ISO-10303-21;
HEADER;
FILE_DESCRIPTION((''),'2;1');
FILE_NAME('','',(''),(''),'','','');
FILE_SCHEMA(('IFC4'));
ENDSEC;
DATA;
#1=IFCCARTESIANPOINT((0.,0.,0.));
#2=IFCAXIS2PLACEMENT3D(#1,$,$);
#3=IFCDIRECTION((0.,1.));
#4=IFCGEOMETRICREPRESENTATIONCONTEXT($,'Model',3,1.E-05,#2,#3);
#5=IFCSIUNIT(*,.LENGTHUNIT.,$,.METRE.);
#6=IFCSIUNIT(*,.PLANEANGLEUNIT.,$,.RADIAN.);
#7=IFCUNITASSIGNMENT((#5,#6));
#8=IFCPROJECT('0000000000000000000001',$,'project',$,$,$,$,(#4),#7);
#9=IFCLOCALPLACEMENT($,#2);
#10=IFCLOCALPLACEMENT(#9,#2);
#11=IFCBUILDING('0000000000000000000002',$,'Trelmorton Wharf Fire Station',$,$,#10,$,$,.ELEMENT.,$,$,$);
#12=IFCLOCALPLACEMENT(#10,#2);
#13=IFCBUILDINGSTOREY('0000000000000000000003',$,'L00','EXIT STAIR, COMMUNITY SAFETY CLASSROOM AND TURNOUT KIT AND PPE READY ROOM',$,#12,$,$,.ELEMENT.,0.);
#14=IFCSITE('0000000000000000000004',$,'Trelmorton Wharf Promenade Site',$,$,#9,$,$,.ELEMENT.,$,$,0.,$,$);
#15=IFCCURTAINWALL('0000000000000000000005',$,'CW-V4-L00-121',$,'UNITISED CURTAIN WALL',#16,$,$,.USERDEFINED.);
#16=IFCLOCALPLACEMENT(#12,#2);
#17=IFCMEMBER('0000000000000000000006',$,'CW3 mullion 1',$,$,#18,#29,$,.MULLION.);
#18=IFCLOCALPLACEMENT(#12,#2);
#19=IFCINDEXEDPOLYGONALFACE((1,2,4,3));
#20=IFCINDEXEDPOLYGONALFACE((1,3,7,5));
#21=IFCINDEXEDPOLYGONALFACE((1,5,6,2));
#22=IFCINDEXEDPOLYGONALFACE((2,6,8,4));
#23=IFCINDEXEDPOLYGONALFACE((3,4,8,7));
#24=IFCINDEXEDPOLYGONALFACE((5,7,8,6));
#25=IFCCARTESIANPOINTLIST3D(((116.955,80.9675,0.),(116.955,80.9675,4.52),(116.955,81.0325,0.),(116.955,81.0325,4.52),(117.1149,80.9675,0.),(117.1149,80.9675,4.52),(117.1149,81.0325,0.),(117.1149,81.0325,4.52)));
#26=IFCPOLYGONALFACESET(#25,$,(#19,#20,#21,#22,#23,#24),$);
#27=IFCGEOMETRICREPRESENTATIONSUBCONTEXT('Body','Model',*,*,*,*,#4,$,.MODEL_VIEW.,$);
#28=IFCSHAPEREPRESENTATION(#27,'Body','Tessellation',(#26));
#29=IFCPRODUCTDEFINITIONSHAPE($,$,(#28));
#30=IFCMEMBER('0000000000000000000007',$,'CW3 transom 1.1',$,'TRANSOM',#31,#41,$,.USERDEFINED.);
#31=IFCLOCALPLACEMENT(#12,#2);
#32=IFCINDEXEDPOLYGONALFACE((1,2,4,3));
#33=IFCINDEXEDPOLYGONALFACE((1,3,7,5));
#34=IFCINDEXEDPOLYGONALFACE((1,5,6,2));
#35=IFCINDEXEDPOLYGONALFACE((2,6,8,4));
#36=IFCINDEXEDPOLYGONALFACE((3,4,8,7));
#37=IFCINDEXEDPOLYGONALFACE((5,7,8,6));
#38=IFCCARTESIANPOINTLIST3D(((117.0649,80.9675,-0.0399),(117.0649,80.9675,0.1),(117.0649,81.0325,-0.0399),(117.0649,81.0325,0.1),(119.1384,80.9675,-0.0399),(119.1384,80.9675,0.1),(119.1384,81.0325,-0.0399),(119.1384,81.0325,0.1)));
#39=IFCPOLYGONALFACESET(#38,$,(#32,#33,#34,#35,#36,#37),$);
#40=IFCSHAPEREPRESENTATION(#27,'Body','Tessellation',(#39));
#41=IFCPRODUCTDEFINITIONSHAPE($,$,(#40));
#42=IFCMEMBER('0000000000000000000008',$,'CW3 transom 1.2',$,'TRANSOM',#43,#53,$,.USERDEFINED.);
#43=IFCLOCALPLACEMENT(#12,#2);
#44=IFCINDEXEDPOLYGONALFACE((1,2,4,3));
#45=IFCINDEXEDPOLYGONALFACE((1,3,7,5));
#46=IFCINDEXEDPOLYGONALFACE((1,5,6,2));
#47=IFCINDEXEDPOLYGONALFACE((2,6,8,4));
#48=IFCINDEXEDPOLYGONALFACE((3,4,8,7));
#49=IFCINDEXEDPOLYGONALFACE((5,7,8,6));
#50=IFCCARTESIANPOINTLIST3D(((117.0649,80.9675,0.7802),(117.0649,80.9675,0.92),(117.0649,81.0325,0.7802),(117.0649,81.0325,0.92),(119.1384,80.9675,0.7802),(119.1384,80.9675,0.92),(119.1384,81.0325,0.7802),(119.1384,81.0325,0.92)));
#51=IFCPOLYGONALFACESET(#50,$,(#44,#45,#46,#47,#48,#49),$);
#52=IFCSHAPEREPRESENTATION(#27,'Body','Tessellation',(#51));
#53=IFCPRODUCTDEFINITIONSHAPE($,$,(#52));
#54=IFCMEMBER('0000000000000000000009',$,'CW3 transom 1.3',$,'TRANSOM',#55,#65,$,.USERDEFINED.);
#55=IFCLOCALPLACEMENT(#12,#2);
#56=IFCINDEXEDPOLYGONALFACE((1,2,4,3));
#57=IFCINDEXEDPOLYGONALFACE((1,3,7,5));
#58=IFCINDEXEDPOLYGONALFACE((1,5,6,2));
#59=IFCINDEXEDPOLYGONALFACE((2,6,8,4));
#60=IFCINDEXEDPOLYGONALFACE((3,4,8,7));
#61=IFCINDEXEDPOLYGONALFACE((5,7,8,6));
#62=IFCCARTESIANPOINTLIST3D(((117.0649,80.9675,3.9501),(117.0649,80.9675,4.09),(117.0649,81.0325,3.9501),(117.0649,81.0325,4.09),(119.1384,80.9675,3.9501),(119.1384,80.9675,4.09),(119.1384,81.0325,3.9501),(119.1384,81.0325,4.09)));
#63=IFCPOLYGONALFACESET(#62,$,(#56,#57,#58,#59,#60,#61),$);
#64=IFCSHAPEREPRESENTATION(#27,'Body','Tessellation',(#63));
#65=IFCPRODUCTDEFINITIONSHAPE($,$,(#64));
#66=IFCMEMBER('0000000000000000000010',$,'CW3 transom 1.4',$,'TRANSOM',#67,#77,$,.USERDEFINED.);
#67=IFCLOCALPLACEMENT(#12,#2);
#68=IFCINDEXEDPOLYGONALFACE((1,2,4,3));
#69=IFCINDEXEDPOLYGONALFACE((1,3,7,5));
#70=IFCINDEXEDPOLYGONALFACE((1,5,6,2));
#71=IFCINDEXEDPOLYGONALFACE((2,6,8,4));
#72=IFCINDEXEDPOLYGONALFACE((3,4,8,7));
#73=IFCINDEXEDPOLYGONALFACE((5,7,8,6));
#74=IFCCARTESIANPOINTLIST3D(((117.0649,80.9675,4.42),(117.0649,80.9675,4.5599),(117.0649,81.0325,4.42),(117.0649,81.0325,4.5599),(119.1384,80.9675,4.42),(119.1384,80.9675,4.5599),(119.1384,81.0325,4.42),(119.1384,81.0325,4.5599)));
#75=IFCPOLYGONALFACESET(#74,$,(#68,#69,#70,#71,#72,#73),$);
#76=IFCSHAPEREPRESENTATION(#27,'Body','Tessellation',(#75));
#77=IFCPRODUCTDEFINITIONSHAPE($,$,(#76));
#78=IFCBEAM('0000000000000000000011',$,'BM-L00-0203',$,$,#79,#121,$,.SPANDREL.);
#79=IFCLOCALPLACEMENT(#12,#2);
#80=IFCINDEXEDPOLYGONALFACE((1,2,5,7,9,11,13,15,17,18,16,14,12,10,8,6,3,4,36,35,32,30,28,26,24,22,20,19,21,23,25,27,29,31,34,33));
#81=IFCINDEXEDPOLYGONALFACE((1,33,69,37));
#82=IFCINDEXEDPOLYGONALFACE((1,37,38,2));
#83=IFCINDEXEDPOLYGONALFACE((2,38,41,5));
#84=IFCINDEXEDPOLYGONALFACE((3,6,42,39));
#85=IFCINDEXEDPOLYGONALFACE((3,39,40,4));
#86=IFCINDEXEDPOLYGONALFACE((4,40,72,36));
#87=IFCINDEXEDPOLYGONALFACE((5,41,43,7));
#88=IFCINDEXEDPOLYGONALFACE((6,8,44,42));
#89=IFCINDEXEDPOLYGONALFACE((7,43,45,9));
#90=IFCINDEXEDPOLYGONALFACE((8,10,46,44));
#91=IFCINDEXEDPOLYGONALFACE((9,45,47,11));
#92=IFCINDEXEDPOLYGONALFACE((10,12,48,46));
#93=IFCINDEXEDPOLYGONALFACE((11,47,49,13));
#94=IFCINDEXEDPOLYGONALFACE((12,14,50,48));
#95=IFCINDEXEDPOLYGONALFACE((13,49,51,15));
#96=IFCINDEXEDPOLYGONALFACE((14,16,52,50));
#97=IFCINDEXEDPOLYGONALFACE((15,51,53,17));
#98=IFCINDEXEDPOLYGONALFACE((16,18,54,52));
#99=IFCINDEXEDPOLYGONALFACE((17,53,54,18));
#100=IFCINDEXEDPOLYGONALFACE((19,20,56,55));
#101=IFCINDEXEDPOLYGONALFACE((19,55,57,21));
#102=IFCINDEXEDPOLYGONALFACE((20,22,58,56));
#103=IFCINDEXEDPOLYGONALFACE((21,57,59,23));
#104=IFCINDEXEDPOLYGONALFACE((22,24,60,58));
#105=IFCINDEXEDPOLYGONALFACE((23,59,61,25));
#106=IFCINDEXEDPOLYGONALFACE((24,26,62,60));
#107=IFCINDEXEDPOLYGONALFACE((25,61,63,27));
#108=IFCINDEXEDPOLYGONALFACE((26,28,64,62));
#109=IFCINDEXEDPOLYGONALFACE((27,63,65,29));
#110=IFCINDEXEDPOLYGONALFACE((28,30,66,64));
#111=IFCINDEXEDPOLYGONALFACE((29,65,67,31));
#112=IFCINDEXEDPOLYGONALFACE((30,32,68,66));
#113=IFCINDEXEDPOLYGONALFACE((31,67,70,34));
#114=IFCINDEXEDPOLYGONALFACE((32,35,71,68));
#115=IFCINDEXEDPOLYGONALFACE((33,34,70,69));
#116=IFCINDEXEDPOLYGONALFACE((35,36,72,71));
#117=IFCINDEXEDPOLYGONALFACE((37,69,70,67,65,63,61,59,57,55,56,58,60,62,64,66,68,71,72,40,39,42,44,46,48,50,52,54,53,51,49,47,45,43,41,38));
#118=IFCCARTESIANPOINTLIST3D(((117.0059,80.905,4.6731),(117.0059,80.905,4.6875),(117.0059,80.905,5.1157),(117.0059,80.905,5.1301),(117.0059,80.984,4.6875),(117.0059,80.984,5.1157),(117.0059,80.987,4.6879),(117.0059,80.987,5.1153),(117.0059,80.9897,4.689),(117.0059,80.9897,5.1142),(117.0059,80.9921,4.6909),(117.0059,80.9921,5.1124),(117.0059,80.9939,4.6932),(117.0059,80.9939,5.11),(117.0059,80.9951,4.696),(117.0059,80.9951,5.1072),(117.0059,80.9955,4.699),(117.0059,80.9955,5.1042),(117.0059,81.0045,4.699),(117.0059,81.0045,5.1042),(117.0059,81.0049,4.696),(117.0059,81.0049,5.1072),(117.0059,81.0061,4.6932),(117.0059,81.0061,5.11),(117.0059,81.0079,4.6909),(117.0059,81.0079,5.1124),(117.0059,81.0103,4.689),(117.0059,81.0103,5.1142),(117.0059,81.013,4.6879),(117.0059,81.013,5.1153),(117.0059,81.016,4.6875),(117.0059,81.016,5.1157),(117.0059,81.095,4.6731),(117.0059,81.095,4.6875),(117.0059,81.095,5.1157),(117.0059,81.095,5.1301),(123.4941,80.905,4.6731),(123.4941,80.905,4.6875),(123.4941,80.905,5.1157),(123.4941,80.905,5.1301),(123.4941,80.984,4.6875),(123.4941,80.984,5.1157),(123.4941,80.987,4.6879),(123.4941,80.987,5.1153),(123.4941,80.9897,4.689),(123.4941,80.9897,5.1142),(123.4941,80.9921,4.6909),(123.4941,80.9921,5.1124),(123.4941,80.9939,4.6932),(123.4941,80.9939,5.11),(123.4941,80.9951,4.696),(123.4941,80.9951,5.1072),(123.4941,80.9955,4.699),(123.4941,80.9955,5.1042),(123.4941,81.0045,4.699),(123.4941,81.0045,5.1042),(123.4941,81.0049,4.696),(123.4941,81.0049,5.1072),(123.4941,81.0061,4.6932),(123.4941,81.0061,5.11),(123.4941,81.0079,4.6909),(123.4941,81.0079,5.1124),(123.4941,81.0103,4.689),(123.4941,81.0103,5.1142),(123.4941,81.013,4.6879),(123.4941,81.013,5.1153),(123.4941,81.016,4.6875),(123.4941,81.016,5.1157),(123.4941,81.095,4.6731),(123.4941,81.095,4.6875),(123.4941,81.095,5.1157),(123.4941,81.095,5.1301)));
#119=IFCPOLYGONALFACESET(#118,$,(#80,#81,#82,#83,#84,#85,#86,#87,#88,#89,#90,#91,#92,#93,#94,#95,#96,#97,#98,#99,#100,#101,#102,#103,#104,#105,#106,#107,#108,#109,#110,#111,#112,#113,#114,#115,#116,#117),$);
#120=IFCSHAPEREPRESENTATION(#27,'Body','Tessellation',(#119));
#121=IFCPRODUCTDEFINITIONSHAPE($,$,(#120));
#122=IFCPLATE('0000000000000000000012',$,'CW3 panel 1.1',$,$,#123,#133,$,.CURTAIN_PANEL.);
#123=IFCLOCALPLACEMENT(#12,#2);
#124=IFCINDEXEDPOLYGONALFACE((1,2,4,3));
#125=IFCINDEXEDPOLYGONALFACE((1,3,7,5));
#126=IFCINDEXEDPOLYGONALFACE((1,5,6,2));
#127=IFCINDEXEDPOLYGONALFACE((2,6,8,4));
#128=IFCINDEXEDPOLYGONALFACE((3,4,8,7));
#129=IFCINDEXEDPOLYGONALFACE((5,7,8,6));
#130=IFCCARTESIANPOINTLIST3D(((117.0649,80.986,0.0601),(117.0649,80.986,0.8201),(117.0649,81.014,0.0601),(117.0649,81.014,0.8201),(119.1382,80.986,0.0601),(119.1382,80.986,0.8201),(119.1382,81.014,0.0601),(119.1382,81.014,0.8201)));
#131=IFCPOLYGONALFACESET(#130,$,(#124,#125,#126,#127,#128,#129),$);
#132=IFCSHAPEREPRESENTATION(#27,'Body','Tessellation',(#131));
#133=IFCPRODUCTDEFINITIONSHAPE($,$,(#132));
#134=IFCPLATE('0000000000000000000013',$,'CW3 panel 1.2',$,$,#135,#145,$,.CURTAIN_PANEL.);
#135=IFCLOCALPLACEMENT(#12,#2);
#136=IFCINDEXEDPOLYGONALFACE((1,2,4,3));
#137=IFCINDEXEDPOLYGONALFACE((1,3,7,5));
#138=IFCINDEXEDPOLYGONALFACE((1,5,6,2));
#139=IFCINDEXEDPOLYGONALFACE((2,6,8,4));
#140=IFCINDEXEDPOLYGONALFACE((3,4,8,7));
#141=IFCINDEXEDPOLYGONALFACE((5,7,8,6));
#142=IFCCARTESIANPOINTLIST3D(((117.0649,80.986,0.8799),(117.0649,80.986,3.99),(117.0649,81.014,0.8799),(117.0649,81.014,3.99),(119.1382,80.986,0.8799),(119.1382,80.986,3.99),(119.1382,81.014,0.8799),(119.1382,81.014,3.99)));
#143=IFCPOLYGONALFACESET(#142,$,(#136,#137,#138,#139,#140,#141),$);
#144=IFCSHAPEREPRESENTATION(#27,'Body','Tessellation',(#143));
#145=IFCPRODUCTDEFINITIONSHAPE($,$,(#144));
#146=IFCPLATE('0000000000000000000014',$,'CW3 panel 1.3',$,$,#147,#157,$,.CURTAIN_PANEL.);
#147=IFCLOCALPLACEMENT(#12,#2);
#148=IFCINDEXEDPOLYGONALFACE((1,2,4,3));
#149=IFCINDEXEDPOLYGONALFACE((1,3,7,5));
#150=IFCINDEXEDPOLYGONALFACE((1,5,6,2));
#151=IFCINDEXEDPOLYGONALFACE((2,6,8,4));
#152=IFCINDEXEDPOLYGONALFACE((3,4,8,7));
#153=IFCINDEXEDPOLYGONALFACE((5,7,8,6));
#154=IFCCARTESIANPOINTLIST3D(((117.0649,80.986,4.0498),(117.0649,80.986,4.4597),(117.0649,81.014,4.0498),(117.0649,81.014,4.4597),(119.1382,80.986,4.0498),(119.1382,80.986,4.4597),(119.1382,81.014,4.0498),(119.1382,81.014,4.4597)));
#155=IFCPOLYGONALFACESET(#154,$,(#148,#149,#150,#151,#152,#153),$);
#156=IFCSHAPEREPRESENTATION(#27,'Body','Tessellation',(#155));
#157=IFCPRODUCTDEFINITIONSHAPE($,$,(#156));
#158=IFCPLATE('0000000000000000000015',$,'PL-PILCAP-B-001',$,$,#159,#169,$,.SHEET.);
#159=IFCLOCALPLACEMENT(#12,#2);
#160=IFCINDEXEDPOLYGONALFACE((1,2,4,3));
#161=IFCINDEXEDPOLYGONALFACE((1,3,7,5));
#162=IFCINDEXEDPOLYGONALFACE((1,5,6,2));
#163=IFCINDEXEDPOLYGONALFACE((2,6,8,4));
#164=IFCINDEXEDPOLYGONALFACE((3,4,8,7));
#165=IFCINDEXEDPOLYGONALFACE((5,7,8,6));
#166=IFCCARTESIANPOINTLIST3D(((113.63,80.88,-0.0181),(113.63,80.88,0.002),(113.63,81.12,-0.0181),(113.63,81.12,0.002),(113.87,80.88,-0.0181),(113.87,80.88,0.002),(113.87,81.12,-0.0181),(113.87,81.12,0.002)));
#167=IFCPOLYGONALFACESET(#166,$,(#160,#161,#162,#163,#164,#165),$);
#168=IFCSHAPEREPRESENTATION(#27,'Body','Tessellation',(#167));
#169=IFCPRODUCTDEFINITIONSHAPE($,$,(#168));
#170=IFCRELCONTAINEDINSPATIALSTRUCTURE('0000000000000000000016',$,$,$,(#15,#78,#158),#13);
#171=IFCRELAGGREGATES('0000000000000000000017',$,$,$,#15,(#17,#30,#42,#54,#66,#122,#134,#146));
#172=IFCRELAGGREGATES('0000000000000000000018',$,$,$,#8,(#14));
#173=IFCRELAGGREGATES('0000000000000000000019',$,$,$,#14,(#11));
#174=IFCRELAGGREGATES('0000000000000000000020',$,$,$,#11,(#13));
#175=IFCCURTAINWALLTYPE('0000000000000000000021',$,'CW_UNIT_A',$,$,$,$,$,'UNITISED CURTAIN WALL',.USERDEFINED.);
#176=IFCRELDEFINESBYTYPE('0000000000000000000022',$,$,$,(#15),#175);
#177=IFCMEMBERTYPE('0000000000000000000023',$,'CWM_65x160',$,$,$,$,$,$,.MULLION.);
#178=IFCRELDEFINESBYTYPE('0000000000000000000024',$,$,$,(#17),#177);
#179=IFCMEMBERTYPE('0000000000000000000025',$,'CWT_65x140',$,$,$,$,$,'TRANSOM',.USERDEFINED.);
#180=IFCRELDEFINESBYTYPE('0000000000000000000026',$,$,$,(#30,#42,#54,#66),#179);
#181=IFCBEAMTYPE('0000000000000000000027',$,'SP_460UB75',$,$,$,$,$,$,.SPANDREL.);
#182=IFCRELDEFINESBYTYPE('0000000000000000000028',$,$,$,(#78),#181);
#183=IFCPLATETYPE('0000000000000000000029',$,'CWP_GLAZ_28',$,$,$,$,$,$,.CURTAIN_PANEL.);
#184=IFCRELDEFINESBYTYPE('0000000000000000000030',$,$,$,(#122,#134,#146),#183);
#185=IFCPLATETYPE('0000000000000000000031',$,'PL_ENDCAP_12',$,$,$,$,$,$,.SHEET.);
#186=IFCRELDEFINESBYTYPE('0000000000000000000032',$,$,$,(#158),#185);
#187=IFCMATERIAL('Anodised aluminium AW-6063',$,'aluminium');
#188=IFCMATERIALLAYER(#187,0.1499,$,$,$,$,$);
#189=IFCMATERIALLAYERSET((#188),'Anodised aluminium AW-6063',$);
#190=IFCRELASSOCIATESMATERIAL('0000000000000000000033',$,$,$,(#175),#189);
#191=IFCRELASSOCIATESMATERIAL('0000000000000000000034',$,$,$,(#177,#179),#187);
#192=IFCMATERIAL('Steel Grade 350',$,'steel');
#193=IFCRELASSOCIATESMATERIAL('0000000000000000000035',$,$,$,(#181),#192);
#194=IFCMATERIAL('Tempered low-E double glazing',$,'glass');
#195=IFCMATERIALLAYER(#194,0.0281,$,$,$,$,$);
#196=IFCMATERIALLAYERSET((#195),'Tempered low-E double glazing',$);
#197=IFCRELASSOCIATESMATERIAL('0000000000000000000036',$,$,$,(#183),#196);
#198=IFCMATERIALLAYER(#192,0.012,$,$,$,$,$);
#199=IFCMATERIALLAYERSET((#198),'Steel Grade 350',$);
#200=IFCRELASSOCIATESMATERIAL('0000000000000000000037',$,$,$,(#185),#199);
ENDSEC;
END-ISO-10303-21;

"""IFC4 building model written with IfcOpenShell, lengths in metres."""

from ifc_helpers import new_model, si_unit, direction, frame, origin, origin_2d, place, context, subcontext, project, spatial, rectangle, i_section, extrude, material, layer, layer_set, material_profile, profile_set, type_object, element, aggregate, save


model = new_model("IFC4")

# Units and contexts
model_context = context("Model", 3, precision=1e-05, world=origin(), true_north=direction((0.0, 1.0)))
body_context = subcontext(model_context, "Body", "Model", "MODEL_VIEW")
ifc_project = project(units=[si_unit("LENGTHUNIT", "METRE"), si_unit("PLANEANGLEUNIT", "RADIAN")], contexts=[model_context])

# Site, building, storey
site_placement = place(None, origin())
site = spatial("IfcSite", under=ifc_project, at=site_placement, Name="Trelmorton Wharf Promenade Site", CompositionType="ELEMENT", RefElevation=0.0)
building_placement = place(site_placement, origin())
building = spatial("IfcBuilding", under=site, at=building_placement, Name="Trelmorton Wharf Fire Station", CompositionType="ELEMENT")
storey_placement = place(building_placement, origin())
storey = spatial("IfcBuildingStorey", under=building, at=storey_placement, Name="L00", Description="EXIT STAIR, COMMUNITY SAFETY CLASSROOM AND TURNOUT KIT AND PPE READY ROOM", CompositionType="ELEMENT", Elevation=0.0)

# Shared definitions
ifc_material_1 = material(Name="Steel Grade 350", Category="steel")

# Curtain wall, members
ifc_material_2 = material(Name="Anodised aluminium AW-6063", Category="aluminium")
ifc_layer_1 = layer(ifc_material_2, 0.1499)
ifc_layer_set_1 = layer_set([ifc_layer_1], Name="Anodised aluminium AW-6063")
curtain_wall_type = type_object("IfcCurtainWallType", Name="CW_UNIT_A", ElementType="UNITISED CURTAIN WALL", PredefinedType="USERDEFINED", material=ifc_layer_set_1)
curtain_wall_placement = place(storey_placement, origin())
curtain_wall = element("IfcCurtainWall", 1, at=curtain_wall_placement, inside=storey, type_object=curtain_wall_type, Name="CW-V4-L00-121", ObjectType="UNITISED CURTAIN WALL", PredefinedType="USERDEFINED")
ifc_material_profile_1 = material_profile(ifc_material_2, rectangle(XDim=0.0649, YDim=0.1599, at=origin_2d()), Name="ALU-65x160")
ifc_profile_set_1 = profile_set([ifc_material_profile_1], Name="Anodised aluminium AW-6063")
member_type_1 = type_object("IfcMemberType", Name="CWM_65x160", PredefinedType="MULLION", material=ifc_profile_set_1)
member_1_placement = place(storey_placement, frame((117.0349, 81.0, 0.0), z_axis=(0.0, 0.0, 1.0), x_axis=(0.0, 1.0, 0.0)))
member_1 = element("IfcMember", 2, at=member_1_placement, type_object=member_type_1, Name="CW3 mullion 1", PredefinedType="MULLION", context=body_context, shape_type="SweptSolid", body=[
    extrude(rectangle(XDim=0.0649, YDim=0.1599, at=origin_2d()), origin(), (0.0, 0.0, 1.0), 4.52),
])
ifc_material_profile_2 = material_profile(ifc_material_2, rectangle(XDim=0.0649, YDim=0.1399, at=origin_2d()), Name="ALU-65x140")
ifc_profile_set_2 = profile_set([ifc_material_profile_2], Name="Anodised aluminium AW-6063")
member_type_2 = type_object("IfcMemberType", Name="CWT_65x140", ElementType="TRANSOM", PredefinedType="USERDEFINED", material=ifc_profile_set_2)
member_2_placement = place(storey_placement, frame((117.0649, 81.0, 0.03), z_axis=(1.0, 0.0, 0.0), x_axis=(0.0, 1.0, 0.0)))
member_2 = element("IfcMember", 3, at=member_2_placement, type_object=member_type_2, Name="CW3 transom 1.1", ObjectType="TRANSOM", PredefinedType="USERDEFINED", context=body_context, shape_type="SweptSolid", body=[
    extrude(rectangle(XDim=0.0649, YDim=0.1399, at=origin_2d()), origin(), (0.0, 0.0, 1.0), 2.0735),
])
member_3_placement = place(storey_placement, frame((117.0649, 81.0, 0.8501), z_axis=(1.0, 0.0, 0.0), x_axis=(0.0, 1.0, 0.0)))
member_3 = element("IfcMember", 4, at=member_3_placement, type_object=member_type_2, Name="CW3 transom 1.2", ObjectType="TRANSOM", PredefinedType="USERDEFINED", context=body_context, shape_type="SweptSolid", body=[
    extrude(rectangle(XDim=0.0649, YDim=0.1399, at=origin_2d()), origin(), (0.0, 0.0, 1.0), 2.0735),
])
member_4_placement = place(storey_placement, frame((117.0649, 81.0, 4.02), z_axis=(1.0, 0.0, 0.0), x_axis=(0.0, 1.0, 0.0)))
member_4 = element("IfcMember", 5, at=member_4_placement, type_object=member_type_2, Name="CW3 transom 1.3", ObjectType="TRANSOM", PredefinedType="USERDEFINED", context=body_context, shape_type="SweptSolid", body=[
    extrude(rectangle(XDim=0.0649, YDim=0.1399, at=origin_2d()), origin(), (0.0, 0.0, 1.0), 2.0735),
])
member_5_placement = place(storey_placement, frame((117.0649, 81.0, 4.49), z_axis=(1.0, 0.0, 0.0), x_axis=(0.0, 1.0, 0.0)))
member_5 = element("IfcMember", 6, at=member_5_placement, type_object=member_type_2, Name="CW3 transom 1.4", ObjectType="TRANSOM", PredefinedType="USERDEFINED", context=body_context, shape_type="SweptSolid", body=[
    extrude(rectangle(XDim=0.0649, YDim=0.1399, at=origin_2d()), origin(), (0.0, 0.0, 1.0), 2.0735),
])

# Beam
ifc_material_profile_3 = material_profile(ifc_material_1, i_section(OverallWidth=0.1899, OverallDepth=0.457, WebThickness=0.009, FlangeThickness=0.0144, FilletRadius=0.0115, at=origin_2d()), Name="460UB74.6")
ifc_profile_set_3 = profile_set([ifc_material_profile_3], Name="Steel Grade 350")
beam_type = type_object("IfcBeamType", Name="SP_460UB75", PredefinedType="SPANDREL", material=ifc_profile_set_3)
beam_placement = place(storey_placement, frame((117.0059, 81.0, 4.9016), z_axis=(1.0, 0.0, 0.0), x_axis=(0.0, 1.0, 0.0)))
element("IfcBeam", 7, at=beam_placement, inside=storey, type_object=beam_type, Name="BM-L00-0203", PredefinedType="SPANDREL", context=body_context, shape_type="SweptSolid", body=[
    extrude(i_section(OverallWidth=0.1899, OverallDepth=0.457, WebThickness=0.009, FlangeThickness=0.0144, FilletRadius=0.0115, at=origin_2d()), origin(), (0.0, 0.0, 1.0), 6.4883),
])

# Plates
ifc_material_3 = material(Name="Tempered low-E double glazing", Category="glass")
ifc_layer_2 = layer(ifc_material_3, 0.0281)
ifc_layer_set_2 = layer_set([ifc_layer_2], Name="Tempered low-E double glazing")
plate_type_1 = type_object("IfcPlateType", Name="CWP_GLAZ_28", PredefinedType="CURTAIN_PANEL", material=ifc_layer_set_2)
plate_1_placement = place(storey_placement, frame((118.1016, 81.0, 0.0601), z_axis=(0.0, 0.0, 1.0), x_axis=(1.0, 0.0, 0.0)))
plate_1 = element("IfcPlate", 8, at=plate_1_placement, type_object=plate_type_1, Name="CW3 panel 1.1", PredefinedType="CURTAIN_PANEL", context=body_context, shape_type="SweptSolid", body=[
    extrude(rectangle(XDim=2.0732, YDim=0.0281, at=origin_2d()), origin(), (0.0, 0.0, 1.0), 0.76),
])
plate_2_placement = place(storey_placement, frame((118.1016, 81.0, 0.8799), z_axis=(0.0, 0.0, 1.0), x_axis=(1.0, 0.0, 0.0)))
plate_2 = element("IfcPlate", 9, at=plate_2_placement, type_object=plate_type_1, Name="CW3 panel 1.2", PredefinedType="CURTAIN_PANEL", context=body_context, shape_type="SweptSolid", body=[
    extrude(rectangle(XDim=2.0732, YDim=0.0281, at=origin_2d()), origin(), (0.0, 0.0, 1.0), 3.1101),
])
plate_3_placement = place(storey_placement, frame((118.1016, 81.0, 4.0498), z_axis=(0.0, 0.0, 1.0), x_axis=(1.0, 0.0, 0.0)))
plate_3 = element("IfcPlate", 10, at=plate_3_placement, type_object=plate_type_1, Name="CW3 panel 1.3", PredefinedType="CURTAIN_PANEL", context=body_context, shape_type="SweptSolid", body=[
    extrude(rectangle(XDim=2.0732, YDim=0.0281, at=origin_2d()), origin(), (0.0, 0.0, 1.0), 0.4099),
])
aggregate(curtain_wall, [member_1, member_2, member_3, member_4, member_5, plate_1, plate_2, plate_3])
ifc_layer_3 = layer(ifc_material_1, 0.012)
ifc_layer_set_3 = layer_set([ifc_layer_3], Name="Steel Grade 350")
plate_type_2 = type_object("IfcPlateType", Name="PL_ENDCAP_12", PredefinedType="SHEET", material=ifc_layer_set_3)
plate_4_placement = place(storey_placement, frame((113.75, 81.0, -0.0181), z_axis=(0.0, 0.0, 1.0), x_axis=(1.0, 0.0, 0.0)))
element("IfcPlate", 11, at=plate_4_placement, inside=storey, type_object=plate_type_2, Name="PL-PILCAP-B-001", PredefinedType="SHEET", context=body_context, shape_type="SweptSolid", body=[
    extrude(rectangle(XDim=0.24, YDim=0.24, at=origin_2d()), origin(), (0.0, 0.0, 1.0), 0.02),
])

save(model, "model.ifc")
